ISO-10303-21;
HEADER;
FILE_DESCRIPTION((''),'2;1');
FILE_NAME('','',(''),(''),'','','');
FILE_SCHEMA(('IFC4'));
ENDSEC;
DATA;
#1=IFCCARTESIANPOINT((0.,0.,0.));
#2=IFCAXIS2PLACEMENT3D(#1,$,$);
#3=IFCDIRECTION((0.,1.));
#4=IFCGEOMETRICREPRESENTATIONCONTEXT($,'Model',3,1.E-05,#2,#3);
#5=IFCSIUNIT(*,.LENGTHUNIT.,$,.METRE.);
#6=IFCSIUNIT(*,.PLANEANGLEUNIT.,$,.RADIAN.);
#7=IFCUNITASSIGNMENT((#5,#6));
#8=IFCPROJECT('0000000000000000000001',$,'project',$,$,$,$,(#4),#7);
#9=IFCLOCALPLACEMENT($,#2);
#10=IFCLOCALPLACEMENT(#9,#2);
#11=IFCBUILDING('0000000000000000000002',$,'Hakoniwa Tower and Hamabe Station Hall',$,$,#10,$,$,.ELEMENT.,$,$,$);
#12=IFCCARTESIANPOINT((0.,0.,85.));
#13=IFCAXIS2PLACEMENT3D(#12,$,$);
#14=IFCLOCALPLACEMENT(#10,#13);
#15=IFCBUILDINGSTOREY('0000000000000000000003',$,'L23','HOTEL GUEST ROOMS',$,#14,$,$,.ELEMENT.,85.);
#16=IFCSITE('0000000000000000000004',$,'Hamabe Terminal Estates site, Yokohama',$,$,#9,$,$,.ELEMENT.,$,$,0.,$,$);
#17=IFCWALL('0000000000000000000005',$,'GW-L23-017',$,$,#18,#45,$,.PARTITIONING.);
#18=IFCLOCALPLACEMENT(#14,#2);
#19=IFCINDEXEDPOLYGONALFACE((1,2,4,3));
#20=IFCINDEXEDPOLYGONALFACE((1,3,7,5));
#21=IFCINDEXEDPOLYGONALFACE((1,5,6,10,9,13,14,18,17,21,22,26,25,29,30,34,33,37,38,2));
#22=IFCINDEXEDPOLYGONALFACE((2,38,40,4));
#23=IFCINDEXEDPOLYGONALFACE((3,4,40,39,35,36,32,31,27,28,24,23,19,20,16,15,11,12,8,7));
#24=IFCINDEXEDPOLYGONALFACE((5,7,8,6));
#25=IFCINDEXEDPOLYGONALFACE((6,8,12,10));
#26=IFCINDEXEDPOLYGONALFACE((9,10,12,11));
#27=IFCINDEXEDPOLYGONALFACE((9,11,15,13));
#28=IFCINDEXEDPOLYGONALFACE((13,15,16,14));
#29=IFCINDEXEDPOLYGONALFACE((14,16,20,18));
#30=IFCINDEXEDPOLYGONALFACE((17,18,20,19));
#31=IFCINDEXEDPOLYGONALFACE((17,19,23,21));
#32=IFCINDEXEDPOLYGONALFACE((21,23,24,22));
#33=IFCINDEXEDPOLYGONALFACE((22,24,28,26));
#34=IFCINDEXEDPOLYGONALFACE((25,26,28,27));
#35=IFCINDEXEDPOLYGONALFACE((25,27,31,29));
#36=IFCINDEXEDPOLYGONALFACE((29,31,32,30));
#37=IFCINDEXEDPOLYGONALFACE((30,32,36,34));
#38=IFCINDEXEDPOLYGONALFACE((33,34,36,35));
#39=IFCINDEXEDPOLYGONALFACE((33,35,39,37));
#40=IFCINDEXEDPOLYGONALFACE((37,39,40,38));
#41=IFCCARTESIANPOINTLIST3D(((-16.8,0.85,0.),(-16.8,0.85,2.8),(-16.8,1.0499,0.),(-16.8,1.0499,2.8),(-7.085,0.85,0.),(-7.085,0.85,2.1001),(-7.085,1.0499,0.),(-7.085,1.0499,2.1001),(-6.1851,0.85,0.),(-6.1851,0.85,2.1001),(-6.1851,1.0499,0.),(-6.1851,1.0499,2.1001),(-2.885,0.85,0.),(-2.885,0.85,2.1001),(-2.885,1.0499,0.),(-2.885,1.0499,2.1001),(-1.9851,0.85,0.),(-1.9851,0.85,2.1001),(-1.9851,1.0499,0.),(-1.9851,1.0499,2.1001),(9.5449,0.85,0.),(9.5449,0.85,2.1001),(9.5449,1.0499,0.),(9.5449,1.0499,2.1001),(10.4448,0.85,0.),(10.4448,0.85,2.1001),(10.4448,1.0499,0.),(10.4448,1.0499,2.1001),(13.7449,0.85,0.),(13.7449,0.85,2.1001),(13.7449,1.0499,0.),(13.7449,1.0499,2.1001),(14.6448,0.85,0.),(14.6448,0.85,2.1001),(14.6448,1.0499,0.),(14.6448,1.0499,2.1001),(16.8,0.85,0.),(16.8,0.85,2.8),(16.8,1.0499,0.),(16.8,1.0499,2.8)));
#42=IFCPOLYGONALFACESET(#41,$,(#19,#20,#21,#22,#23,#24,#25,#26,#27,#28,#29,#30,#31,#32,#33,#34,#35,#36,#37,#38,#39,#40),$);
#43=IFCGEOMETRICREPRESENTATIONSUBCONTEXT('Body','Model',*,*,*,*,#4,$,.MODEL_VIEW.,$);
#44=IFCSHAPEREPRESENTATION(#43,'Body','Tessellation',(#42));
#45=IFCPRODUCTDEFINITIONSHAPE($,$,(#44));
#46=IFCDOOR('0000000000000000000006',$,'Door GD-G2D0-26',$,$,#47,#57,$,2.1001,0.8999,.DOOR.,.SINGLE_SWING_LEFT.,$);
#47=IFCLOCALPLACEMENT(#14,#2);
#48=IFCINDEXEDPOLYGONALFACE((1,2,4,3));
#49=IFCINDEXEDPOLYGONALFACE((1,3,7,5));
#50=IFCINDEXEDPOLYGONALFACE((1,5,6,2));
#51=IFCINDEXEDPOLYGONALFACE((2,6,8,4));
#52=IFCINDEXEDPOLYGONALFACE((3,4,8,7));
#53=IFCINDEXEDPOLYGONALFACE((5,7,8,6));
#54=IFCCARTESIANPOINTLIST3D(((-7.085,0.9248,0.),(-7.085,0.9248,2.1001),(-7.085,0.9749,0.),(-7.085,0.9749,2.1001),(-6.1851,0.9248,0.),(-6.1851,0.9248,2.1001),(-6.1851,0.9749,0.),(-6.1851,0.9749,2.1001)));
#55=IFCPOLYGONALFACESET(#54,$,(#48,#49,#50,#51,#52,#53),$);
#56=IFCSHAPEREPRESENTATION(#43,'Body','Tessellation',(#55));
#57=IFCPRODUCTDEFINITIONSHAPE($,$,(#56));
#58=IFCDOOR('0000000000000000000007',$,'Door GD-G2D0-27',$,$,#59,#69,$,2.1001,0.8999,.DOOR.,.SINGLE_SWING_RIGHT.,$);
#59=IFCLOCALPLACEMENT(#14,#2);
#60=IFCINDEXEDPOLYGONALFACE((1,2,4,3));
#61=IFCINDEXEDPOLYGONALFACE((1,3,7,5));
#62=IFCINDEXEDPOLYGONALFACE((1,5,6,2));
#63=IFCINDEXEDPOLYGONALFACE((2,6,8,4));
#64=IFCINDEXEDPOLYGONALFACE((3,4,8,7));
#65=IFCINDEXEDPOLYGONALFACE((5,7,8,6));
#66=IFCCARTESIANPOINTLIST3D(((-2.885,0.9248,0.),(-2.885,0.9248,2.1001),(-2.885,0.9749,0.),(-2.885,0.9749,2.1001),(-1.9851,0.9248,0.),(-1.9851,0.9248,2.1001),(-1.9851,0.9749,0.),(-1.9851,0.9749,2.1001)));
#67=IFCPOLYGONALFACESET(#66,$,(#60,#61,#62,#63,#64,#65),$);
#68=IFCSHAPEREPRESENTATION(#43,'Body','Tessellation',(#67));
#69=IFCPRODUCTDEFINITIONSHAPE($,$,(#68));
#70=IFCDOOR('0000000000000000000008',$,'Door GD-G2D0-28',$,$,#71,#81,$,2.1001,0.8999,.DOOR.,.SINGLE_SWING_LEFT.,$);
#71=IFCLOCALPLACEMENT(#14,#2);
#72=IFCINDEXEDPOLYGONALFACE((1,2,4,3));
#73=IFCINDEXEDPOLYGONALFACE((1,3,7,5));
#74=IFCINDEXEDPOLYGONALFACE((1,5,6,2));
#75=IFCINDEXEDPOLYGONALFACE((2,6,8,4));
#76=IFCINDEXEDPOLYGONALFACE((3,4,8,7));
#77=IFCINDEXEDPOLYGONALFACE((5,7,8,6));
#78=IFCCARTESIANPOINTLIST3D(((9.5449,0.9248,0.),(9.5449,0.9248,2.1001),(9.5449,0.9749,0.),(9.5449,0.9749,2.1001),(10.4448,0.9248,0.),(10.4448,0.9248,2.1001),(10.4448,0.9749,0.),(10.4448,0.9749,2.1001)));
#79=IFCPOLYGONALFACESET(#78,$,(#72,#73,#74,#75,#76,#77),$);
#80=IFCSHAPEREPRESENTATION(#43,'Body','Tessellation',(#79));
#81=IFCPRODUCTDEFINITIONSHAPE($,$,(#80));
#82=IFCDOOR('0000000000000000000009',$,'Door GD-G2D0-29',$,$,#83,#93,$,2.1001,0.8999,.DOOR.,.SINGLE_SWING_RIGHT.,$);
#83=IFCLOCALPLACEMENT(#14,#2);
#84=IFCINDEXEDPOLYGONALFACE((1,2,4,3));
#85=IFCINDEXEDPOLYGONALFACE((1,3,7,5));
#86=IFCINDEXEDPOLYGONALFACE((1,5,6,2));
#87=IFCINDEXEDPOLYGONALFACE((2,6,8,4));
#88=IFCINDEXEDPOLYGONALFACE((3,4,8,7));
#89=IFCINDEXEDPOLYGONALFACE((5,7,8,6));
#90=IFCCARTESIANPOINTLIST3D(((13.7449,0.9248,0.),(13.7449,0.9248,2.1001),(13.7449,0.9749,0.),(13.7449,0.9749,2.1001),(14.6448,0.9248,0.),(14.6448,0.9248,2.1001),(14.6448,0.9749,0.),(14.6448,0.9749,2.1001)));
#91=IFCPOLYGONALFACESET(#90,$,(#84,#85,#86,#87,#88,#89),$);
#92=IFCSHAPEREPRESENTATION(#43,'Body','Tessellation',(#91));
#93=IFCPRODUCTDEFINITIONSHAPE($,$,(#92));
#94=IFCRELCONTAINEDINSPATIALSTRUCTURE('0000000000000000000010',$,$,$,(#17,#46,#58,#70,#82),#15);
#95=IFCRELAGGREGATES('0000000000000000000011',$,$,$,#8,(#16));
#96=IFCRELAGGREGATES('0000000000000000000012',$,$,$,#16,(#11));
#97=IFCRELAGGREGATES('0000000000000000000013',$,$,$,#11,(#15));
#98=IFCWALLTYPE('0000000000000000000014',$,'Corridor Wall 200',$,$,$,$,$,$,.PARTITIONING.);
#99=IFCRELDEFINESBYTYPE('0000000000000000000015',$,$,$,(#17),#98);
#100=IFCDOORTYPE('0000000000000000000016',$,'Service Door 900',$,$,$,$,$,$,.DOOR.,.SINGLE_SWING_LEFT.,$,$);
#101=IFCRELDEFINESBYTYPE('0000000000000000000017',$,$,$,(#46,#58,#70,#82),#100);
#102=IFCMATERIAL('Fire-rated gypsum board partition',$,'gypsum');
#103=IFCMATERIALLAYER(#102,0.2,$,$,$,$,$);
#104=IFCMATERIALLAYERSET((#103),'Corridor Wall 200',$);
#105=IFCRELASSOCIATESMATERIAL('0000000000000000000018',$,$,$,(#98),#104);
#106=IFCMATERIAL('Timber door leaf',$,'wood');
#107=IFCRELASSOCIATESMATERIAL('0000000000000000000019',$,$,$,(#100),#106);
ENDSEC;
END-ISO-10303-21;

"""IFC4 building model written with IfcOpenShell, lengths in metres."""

from ifc_helpers import new_model, si_unit, direction, frame, frame_2d, origin, place, context, subcontext, project, spatial, rectangle, extrude, material, layer, layer_set, type_object, element, fill, save


model = new_model("IFC4")

# Units and contexts
model_context = context("Model", 3, precision=1e-05, world=origin(), true_north=direction((0.0, 1.0)))
body_context = subcontext(model_context, "Body", "Model", "MODEL_VIEW")
ifc_project = project(units=[si_unit("LENGTHUNIT", "METRE"), si_unit("PLANEANGLEUNIT", "RADIAN")], contexts=[model_context])

# Site, building, storey
site_placement = place(None, origin())
site = spatial("IfcSite", under=ifc_project, at=site_placement, Name="Hamabe Terminal Estates site, Yokohama", CompositionType="ELEMENT", RefElevation=0.0)
building_placement = place(site_placement, origin())
building = spatial("IfcBuilding", under=site, at=building_placement, Name="Hakoniwa Tower and Hamabe Station Hall", CompositionType="ELEMENT")
storey_placement = place(building_placement, frame((0.0, 0.0, 85.0)))
storey = spatial("IfcBuildingStorey", under=building, at=storey_placement, Name="L23", Description="HOTEL GUEST ROOMS", CompositionType="ELEMENT", Elevation=85.0)

# Wall, openings, doors
ifc_material_1 = material(Name="Fire-rated gypsum board partition", Category="gypsum")
ifc_layer_1 = layer(ifc_material_1, 0.2)
ifc_layer_set_1 = layer_set([ifc_layer_1], Name="Corridor Wall 200")
wall_type_1 = type_object("IfcWallType", Name="Corridor Wall 200", PredefinedType="PARTITIONING", material=ifc_layer_set_1)
wall_1_placement = place(storey_placement, frame((-16.8, 0.95, 0.0), z_axis=(0.0, 0.0, 1.0), x_axis=(1.0, 0.0, 0.0)))
wall_1 = element("IfcWall", 1, at=wall_1_placement, inside=storey, type_object=wall_type_1, Name="GW-L23-017", PredefinedType="PARTITIONING", context=body_context, shape_type="SweptSolid", body=[
    extrude(rectangle(XDim=33.6001, YDim=0.2, at=frame_2d((16.8, 0.0))), origin(), (0.0, 0.0, 1.0), 2.8),
])
opening_1_placement = place(wall_1_placement, frame((9.7151, 0.0, 0.0)))
opening_1 = element("IfcOpeningElement", 2, at=opening_1_placement, cuts=wall_1, PredefinedType="OPENING", context=body_context, shape_type="SweptSolid", body=[
    extrude(rectangle(XDim=0.8999, YDim=2.1001, at=frame_2d((0.45, 1.05))), frame((0.0, 0.1099, 0.0), z_axis=(0.0, -1.0, 0.0), x_axis=(1.0, 0.0, 0.0)), (0.0, 0.0, 1.0), 0.22),
])
opening_2_placement = place(wall_1_placement, frame((13.915, 0.0, 0.0)))
opening_2 = element("IfcOpeningElement", 3, at=opening_2_placement, cuts=wall_1, PredefinedType="OPENING", context=body_context, shape_type="SweptSolid", body=[
    extrude(rectangle(XDim=0.8999, YDim=2.1001, at=frame_2d((0.45, 1.05))), frame((0.0, 0.1099, 0.0), z_axis=(0.0, -1.0, 0.0), x_axis=(1.0, 0.0, 0.0)), (0.0, 0.0, 1.0), 0.22),
])
opening_3_placement = place(wall_1_placement, frame((26.345, 0.0, 0.0)))
opening_3 = element("IfcOpeningElement", 4, at=opening_3_placement, cuts=wall_1, PredefinedType="OPENING", context=body_context, shape_type="SweptSolid", body=[
    extrude(rectangle(XDim=0.8999, YDim=2.1001, at=frame_2d((0.45, 1.05))), frame((0.0, 0.1099, 0.0), z_axis=(0.0, -1.0, 0.0), x_axis=(1.0, 0.0, 0.0)), (0.0, 0.0, 1.0), 0.22),
])
opening_4_placement = place(wall_1_placement, frame((30.5449, 0.0, 0.0)))
opening_4 = element("IfcOpeningElement", 5, at=opening_4_placement, cuts=wall_1, PredefinedType="OPENING", context=body_context, shape_type="SweptSolid", body=[
    extrude(rectangle(XDim=0.8999, YDim=2.1001, at=frame_2d((0.45, 1.05))), frame((0.0, 0.1099, 0.0), z_axis=(0.0, -1.0, 0.0), x_axis=(1.0, 0.0, 0.0)), (0.0, 0.0, 1.0), 0.22),
])
ifc_material_2 = material(Name="Timber door leaf", Category="wood")
door_type_1 = type_object("IfcDoorType", Name="Service Door 900", OperationType="SINGLE_SWING_LEFT", PredefinedType="DOOR", material=ifc_material_2)
door_1_placement = place(opening_1_placement, origin())
door_1 = element("IfcDoor", 6, at=door_1_placement, inside=storey, type_object=door_type_1, Name="Door GD-G2D0-26", OperationType="SINGLE_SWING_LEFT", OverallHeight=2.1001, OverallWidth=0.8999, PredefinedType="DOOR", context=body_context, shape_type="SweptSolid", body=[
    extrude(rectangle(XDim=0.8999, YDim=2.1001, at=frame_2d((0.45, 1.05))), frame((0.0, 0.0249, 0.0), z_axis=(0.0, -1.0, 0.0), x_axis=(1.0, 0.0, 0.0)), (0.0, 0.0, 1.0), 0.05),
])
fill(opening_1, door_1)
door_2_placement = place(opening_2_placement, origin())
door_2 = element("IfcDoor", 7, at=door_2_placement, inside=storey, type_object=door_type_1, Name="Door GD-G2D0-27", OperationType="SINGLE_SWING_RIGHT", OverallHeight=2.1001, OverallWidth=0.8999, PredefinedType="DOOR", context=body_context, shape_type="SweptSolid", body=[
    extrude(rectangle(XDim=0.8999, YDim=2.1001, at=frame_2d((0.45, 1.05))), frame((0.0, 0.0249, 0.0), z_axis=(0.0, -1.0, 0.0), x_axis=(1.0, 0.0, 0.0)), (0.0, 0.0, 1.0), 0.05),
])
fill(opening_2, door_2)
door_3_placement = place(opening_3_placement, origin())
door_3 = element("IfcDoor", 8, at=door_3_placement, inside=storey, type_object=door_type_1, Name="Door GD-G2D0-28", OperationType="SINGLE_SWING_LEFT", OverallHeight=2.1001, OverallWidth=0.8999, PredefinedType="DOOR", context=body_context, shape_type="SweptSolid", body=[
    extrude(rectangle(XDim=0.8999, YDim=2.1001, at=frame_2d((0.45, 1.05))), frame((0.0, 0.0249, 0.0), z_axis=(0.0, -1.0, 0.0), x_axis=(1.0, 0.0, 0.0)), (0.0, 0.0, 1.0), 0.05),
])
fill(opening_3, door_3)
door_4_placement = place(opening_4_placement, origin())
door_4 = element("IfcDoor", 9, at=door_4_placement, inside=storey, type_object=door_type_1, Name="Door GD-G2D0-29", OperationType="SINGLE_SWING_RIGHT", OverallHeight=2.1001, OverallWidth=0.8999, PredefinedType="DOOR", context=body_context, shape_type="SweptSolid", body=[
    extrude(rectangle(XDim=0.8999, YDim=2.1001, at=frame_2d((0.45, 1.05))), frame((0.0, 0.0249, 0.0), z_axis=(0.0, -1.0, 0.0), x_axis=(1.0, 0.0, 0.0)), (0.0, 0.0, 1.0), 0.05),
])
fill(opening_4, door_4)

save(model, "model.ifc")
